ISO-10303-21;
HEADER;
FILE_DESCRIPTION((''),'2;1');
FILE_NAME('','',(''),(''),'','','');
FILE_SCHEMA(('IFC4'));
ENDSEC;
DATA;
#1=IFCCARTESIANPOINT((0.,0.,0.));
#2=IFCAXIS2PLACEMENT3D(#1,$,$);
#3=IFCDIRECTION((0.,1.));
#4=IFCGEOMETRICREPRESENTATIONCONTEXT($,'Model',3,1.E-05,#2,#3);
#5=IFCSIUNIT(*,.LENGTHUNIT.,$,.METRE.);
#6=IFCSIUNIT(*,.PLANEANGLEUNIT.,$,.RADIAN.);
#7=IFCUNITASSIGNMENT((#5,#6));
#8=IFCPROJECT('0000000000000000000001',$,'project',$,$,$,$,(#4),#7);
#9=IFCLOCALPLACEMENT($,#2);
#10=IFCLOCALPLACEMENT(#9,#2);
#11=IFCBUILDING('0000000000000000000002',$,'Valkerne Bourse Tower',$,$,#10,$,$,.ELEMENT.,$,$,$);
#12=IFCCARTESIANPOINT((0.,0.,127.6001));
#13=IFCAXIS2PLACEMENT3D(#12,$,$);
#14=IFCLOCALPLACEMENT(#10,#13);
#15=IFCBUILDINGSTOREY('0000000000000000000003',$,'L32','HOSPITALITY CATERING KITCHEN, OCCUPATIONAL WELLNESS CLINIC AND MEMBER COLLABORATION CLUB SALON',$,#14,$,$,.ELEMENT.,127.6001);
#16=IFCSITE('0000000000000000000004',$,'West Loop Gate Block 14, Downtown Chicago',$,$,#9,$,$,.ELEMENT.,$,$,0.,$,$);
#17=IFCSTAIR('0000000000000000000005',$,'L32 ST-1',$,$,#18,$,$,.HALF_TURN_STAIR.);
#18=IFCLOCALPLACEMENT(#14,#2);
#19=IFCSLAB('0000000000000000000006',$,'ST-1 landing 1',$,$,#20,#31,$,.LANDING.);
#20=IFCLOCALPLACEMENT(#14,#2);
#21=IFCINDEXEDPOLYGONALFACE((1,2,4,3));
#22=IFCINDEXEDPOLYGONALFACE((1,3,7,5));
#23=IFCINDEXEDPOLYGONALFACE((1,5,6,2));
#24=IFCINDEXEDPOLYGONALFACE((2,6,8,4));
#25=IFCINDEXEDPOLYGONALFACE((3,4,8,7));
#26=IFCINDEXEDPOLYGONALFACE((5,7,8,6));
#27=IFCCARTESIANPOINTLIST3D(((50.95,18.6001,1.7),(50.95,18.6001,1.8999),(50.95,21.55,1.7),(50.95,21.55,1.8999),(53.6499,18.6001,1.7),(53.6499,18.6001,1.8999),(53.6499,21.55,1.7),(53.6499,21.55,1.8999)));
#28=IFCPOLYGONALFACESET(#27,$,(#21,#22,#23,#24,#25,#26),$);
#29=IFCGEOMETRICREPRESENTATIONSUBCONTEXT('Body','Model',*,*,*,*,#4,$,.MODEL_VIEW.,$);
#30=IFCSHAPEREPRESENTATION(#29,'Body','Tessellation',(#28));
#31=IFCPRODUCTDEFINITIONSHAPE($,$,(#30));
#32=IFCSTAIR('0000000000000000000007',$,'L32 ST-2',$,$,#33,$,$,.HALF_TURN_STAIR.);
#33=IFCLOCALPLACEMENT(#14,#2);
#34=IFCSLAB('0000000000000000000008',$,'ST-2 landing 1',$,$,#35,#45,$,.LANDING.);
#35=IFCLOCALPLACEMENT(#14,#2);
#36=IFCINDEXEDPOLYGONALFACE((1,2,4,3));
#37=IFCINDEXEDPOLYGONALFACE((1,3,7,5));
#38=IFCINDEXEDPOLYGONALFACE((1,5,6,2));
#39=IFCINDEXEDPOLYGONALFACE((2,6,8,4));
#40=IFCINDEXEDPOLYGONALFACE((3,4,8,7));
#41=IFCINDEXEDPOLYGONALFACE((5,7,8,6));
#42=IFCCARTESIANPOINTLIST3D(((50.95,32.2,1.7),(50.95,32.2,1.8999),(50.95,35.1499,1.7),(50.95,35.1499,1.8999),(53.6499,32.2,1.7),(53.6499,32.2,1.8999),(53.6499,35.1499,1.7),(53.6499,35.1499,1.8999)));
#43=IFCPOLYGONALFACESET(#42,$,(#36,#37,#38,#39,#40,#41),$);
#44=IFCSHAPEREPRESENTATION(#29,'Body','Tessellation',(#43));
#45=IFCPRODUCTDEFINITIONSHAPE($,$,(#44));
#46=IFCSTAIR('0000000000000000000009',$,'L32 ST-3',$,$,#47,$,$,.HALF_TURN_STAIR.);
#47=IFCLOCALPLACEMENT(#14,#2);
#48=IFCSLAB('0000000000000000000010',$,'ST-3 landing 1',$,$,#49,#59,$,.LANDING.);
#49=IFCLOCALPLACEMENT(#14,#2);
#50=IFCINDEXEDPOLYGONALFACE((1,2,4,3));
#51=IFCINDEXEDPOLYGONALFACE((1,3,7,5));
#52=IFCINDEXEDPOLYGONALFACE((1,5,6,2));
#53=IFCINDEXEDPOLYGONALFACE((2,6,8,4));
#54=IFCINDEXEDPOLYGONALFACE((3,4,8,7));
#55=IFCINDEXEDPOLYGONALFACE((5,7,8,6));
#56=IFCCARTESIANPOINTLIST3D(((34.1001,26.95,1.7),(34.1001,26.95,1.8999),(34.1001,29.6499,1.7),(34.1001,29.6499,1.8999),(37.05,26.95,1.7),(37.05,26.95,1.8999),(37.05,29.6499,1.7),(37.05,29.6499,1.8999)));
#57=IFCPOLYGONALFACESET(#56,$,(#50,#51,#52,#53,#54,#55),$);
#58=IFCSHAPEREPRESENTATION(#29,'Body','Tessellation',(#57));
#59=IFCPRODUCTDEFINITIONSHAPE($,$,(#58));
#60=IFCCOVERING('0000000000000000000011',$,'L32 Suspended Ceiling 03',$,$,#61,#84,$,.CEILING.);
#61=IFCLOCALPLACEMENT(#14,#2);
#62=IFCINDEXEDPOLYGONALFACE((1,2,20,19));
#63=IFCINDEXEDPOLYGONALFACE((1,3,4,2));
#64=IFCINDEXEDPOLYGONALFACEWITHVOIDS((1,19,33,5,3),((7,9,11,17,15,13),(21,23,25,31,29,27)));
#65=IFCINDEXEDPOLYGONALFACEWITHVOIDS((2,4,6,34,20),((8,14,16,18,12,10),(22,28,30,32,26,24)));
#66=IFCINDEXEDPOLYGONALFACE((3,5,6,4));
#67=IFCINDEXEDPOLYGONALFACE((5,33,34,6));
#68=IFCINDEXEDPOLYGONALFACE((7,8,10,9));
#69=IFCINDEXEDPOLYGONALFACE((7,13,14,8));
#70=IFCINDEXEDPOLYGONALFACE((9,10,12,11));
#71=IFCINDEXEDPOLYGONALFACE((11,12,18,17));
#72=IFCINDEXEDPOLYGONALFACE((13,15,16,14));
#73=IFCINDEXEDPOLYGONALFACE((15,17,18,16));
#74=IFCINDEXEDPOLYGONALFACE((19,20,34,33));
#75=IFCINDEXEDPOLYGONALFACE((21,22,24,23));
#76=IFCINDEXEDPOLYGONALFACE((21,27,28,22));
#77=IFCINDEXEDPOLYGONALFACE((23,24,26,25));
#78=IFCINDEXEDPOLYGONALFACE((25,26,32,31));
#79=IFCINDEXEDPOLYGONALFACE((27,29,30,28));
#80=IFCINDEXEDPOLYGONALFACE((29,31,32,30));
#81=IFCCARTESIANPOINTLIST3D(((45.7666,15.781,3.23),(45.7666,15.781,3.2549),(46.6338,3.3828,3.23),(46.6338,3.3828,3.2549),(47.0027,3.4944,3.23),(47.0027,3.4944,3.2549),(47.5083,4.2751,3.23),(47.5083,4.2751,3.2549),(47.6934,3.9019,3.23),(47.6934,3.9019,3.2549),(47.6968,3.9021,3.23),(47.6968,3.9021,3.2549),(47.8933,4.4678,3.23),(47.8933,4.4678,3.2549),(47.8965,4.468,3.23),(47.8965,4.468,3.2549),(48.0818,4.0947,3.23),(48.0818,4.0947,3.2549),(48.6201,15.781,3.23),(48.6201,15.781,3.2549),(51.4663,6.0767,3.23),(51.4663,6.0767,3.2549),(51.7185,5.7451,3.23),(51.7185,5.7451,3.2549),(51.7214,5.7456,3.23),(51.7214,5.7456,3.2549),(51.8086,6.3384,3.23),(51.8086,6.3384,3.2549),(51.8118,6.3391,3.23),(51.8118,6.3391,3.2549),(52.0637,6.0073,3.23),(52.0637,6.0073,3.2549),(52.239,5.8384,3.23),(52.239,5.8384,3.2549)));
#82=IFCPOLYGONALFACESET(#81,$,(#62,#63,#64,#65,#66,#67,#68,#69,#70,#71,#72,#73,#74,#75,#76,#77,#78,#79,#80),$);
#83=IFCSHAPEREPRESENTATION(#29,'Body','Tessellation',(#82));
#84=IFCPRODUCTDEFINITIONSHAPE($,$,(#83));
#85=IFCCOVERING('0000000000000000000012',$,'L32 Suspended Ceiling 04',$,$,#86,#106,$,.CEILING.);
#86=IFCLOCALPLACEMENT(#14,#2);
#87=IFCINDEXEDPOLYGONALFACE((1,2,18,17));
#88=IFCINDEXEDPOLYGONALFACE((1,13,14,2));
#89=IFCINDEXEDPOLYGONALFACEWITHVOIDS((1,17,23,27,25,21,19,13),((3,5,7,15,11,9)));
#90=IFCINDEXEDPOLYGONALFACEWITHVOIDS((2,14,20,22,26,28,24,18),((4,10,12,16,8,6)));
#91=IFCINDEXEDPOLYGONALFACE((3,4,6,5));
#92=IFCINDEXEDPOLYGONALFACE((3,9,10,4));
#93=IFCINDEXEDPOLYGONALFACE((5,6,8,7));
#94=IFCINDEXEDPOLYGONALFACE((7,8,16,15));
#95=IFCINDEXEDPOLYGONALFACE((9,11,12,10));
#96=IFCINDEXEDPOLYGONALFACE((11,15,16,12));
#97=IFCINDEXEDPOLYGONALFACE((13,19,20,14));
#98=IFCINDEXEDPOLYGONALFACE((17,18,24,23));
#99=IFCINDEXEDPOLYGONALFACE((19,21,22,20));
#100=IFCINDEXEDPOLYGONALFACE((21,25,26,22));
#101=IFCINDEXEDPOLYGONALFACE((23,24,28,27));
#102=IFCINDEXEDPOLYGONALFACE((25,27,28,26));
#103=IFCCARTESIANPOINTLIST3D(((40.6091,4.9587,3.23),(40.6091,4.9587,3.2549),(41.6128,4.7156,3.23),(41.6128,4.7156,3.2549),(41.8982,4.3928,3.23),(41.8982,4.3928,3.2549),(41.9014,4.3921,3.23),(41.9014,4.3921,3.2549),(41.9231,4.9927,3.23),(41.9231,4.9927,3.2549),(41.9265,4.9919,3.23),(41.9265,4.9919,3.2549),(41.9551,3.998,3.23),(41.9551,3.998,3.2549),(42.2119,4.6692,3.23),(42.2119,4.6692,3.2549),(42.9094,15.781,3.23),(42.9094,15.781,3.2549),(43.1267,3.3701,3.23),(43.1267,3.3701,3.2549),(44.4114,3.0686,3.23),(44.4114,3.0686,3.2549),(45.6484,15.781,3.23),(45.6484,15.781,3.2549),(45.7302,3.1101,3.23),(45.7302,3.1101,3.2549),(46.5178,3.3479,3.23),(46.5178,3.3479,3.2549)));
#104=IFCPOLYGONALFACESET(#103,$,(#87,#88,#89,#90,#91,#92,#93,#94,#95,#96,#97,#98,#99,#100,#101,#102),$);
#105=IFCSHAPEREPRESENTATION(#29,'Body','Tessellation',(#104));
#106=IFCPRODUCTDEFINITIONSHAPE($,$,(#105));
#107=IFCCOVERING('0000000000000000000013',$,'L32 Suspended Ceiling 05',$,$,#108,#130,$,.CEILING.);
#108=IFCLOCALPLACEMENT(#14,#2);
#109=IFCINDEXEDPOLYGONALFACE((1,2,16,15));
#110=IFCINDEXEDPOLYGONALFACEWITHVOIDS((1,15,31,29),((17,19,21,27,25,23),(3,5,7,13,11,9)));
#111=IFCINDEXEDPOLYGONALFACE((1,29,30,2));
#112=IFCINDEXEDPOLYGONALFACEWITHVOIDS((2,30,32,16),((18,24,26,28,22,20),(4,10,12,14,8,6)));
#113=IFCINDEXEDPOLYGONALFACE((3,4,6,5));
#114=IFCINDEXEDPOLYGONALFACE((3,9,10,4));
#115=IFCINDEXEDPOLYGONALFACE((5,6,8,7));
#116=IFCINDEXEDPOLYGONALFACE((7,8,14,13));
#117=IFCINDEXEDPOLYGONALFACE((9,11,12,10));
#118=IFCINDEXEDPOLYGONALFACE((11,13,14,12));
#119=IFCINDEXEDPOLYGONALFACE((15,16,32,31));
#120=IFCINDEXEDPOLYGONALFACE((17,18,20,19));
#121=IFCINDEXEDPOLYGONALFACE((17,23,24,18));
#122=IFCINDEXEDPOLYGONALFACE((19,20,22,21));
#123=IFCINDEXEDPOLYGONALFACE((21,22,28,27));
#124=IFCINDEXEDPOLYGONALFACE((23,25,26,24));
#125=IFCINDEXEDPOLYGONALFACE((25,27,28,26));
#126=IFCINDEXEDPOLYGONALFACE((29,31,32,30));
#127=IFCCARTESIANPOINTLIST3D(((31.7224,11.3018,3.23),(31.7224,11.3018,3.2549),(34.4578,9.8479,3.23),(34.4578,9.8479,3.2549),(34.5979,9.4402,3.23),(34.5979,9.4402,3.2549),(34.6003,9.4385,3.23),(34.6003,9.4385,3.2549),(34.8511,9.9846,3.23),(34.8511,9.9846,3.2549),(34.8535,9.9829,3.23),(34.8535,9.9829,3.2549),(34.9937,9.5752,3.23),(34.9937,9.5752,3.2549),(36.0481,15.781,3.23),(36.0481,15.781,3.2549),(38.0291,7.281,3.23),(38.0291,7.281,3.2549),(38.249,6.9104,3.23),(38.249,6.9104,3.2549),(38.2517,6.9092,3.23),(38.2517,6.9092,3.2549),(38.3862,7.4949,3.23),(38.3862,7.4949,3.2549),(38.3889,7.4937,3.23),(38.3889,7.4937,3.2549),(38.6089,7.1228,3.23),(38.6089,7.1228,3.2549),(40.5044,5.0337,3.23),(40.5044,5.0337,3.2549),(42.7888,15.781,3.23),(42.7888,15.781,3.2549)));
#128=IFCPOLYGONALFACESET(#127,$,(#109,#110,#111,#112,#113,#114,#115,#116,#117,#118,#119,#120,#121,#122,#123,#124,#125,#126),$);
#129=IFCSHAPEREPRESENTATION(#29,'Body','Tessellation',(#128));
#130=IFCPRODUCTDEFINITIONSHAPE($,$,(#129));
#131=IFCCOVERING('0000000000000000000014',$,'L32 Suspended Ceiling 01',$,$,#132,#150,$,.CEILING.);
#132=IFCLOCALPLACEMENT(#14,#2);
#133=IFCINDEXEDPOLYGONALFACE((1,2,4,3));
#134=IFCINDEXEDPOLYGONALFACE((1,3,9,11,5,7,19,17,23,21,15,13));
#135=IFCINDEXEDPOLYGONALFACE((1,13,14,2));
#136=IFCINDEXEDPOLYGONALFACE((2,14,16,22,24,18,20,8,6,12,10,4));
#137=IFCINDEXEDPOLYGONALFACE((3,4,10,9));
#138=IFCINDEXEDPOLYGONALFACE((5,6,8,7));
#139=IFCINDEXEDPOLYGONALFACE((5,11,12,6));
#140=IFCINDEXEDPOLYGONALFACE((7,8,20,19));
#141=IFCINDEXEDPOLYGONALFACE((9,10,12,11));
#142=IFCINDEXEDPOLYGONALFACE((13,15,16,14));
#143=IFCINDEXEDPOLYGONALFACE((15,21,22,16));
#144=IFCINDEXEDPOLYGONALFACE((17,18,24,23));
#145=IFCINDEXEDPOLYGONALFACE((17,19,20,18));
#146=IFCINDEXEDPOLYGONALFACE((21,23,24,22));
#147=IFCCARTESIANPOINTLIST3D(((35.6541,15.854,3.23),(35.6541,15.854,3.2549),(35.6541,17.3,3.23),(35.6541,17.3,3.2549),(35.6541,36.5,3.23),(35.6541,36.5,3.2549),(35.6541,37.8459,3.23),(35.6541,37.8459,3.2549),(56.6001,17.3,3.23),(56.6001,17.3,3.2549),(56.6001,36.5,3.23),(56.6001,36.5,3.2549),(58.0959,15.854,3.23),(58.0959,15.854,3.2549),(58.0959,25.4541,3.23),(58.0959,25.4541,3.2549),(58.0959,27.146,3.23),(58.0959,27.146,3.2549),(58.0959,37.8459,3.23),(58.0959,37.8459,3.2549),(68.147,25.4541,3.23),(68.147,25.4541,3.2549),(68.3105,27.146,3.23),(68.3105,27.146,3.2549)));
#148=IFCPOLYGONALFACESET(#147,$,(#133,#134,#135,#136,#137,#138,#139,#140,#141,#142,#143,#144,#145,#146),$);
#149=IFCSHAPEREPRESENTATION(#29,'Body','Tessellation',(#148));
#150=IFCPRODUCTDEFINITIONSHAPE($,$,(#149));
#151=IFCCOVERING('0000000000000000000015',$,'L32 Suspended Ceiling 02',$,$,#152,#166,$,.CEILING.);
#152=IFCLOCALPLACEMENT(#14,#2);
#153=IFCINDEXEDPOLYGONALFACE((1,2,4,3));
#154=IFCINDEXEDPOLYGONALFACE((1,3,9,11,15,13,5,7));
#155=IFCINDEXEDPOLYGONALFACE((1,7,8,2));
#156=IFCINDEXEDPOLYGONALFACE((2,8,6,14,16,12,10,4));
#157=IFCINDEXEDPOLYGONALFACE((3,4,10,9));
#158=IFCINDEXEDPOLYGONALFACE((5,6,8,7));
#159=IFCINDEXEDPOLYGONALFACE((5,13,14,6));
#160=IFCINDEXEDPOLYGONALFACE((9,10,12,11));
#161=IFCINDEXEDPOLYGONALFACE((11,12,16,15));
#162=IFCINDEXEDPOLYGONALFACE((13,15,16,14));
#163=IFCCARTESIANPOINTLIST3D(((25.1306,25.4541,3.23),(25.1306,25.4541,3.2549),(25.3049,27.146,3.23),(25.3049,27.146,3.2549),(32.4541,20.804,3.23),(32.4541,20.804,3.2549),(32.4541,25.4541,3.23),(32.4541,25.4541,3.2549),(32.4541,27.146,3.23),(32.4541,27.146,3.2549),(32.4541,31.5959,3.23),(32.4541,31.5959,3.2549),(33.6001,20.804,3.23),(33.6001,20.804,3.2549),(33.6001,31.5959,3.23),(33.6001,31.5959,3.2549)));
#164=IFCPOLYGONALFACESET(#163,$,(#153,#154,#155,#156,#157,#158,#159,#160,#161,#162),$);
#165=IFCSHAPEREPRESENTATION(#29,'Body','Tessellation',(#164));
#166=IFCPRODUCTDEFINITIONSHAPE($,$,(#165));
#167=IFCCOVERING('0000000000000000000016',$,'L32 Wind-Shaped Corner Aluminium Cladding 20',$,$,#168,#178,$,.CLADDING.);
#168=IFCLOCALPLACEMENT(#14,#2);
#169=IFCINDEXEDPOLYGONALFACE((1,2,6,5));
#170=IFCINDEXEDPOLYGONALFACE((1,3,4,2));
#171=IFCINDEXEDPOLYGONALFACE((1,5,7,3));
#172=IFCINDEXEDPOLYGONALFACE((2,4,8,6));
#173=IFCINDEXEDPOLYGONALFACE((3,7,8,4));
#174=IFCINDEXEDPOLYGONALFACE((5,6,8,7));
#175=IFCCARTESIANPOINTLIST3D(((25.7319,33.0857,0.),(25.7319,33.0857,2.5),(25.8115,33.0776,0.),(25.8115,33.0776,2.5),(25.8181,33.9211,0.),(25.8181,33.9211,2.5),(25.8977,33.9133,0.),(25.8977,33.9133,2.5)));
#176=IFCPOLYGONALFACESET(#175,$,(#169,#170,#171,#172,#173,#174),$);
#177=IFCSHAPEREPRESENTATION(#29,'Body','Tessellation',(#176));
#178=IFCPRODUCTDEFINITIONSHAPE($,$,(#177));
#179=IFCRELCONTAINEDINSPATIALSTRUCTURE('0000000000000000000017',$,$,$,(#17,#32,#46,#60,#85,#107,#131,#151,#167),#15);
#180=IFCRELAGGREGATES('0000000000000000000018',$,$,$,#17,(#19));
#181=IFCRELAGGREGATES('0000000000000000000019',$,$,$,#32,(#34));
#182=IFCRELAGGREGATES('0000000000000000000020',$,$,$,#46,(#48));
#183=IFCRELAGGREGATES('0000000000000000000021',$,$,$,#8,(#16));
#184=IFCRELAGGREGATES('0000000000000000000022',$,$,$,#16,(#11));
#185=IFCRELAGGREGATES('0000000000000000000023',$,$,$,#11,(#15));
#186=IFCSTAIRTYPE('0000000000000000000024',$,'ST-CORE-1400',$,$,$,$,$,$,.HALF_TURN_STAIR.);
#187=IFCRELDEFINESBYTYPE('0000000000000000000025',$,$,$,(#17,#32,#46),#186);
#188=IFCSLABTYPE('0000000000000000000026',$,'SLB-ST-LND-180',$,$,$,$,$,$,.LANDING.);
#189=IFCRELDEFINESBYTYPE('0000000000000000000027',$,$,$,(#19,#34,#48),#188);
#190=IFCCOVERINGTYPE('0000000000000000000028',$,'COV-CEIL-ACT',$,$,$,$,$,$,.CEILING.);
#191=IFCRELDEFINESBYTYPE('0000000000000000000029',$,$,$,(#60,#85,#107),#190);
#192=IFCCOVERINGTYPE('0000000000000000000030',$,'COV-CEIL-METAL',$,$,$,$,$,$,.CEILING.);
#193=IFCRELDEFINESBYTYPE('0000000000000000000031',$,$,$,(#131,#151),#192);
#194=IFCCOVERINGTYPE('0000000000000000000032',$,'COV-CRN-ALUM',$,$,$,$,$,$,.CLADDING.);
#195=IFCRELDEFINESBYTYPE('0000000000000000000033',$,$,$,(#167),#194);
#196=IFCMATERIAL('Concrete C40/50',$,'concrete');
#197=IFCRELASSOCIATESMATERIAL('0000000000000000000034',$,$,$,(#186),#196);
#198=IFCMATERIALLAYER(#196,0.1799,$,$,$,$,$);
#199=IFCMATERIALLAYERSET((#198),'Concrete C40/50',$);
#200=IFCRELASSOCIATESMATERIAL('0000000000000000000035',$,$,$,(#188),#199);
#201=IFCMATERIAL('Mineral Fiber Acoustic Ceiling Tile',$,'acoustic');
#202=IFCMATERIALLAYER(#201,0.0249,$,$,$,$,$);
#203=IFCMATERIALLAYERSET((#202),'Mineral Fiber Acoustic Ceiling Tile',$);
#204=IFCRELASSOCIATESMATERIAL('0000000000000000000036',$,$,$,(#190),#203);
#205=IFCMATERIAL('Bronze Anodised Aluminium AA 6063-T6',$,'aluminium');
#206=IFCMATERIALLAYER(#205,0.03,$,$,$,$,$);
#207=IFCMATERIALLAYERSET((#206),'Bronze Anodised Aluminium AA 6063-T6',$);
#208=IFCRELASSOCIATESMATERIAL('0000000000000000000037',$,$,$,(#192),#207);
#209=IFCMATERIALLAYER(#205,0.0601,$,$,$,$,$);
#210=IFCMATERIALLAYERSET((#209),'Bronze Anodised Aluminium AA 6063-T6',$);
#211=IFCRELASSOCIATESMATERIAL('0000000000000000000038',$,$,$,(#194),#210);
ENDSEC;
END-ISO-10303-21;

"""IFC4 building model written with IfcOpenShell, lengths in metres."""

from ifc_helpers import new_model, si_unit, direction, frame, origin, place, context, subcontext, project, spatial, polyline, outline, extrude, material, layer, layer_set, type_object, element, aggregate, save


model = new_model("IFC4")

# Units and contexts
model_context = context("Model", 3, precision=1e-05, world=origin(), true_north=direction((0.0, 1.0)))
body_context = subcontext(model_context, "Body", "Model", "MODEL_VIEW")
ifc_project = project(units=[si_unit("LENGTHUNIT", "METRE"), si_unit("PLANEANGLEUNIT", "RADIAN")], contexts=[model_context])

# Site, building, storey
site_placement = place(None, origin())
site = spatial("IfcSite", under=ifc_project, at=site_placement, Name="West Loop Gate Block 14, Downtown Chicago", CompositionType="ELEMENT", RefElevation=0.0)
building_placement = place(site_placement, origin())
building = spatial("IfcBuilding", under=site, at=building_placement, Name="Valkerne Bourse Tower", CompositionType="ELEMENT")
storey_placement = place(building_placement, frame((0.0, 0.0, 127.6001)))
storey = spatial("IfcBuildingStorey", under=building, at=storey_placement, Name="L32", Description="HOSPITALITY CATERING KITCHEN, OCCUPATIONAL WELLNESS CLINIC AND MEMBER COLLABORATION CLUB SALON", CompositionType="ELEMENT", Elevation=127.6001)

# Stairs, slabs
ifc_material_1 = material(Name="Concrete C40/50", Category="concrete")
stair_type = type_object("IfcStairType", Name="ST-CORE-1400", PredefinedType="HALF_TURN_STAIR", material=ifc_material_1)
stair_1_placement = place(storey_placement, origin())
stair_1 = element("IfcStair", 1, at=stair_1_placement, inside=storey, type_object=stair_type, Name="L32 ST-1", PredefinedType="HALF_TURN_STAIR")
ifc_layer_1 = layer(ifc_material_1, 0.1799)
ifc_layer_set_1 = layer_set([ifc_layer_1], Name="Concrete C40/50")
slab_type = type_object("IfcSlabType", Name="SLB-ST-LND-180", PredefinedType="LANDING", material=ifc_layer_set_1)
slab_1_placement = place(storey_placement, frame((0.0, 0.0, 1.7)))
slab_1 = element("IfcSlab", 2, at=slab_1_placement, type_object=slab_type, Name="ST-1 landing 1", PredefinedType="LANDING", context=body_context, shape_type="SweptSolid", body=[
    extrude(outline(polyline([(50.95, 18.6001), (53.6499, 18.6001), (53.6499, 21.55), (50.95, 21.55), (50.95, 18.6001)])), origin(), (0.0, 0.0, 1.0), 0.2),
])
aggregate(stair_1, [slab_1])
stair_2_placement = place(storey_placement, origin())
stair_2 = element("IfcStair", 3, at=stair_2_placement, inside=storey, type_object=stair_type, Name="L32 ST-2", PredefinedType="HALF_TURN_STAIR")
slab_2_placement = place(storey_placement, frame((0.0, 0.0, 1.7)))
slab_2 = element("IfcSlab", 4, at=slab_2_placement, type_object=slab_type, Name="ST-2 landing 1", PredefinedType="LANDING", context=body_context, shape_type="SweptSolid", body=[
    extrude(outline(polyline([(50.95, 32.2), (53.6499, 32.2), (53.6499, 35.1499), (50.95, 35.1499), (50.95, 32.2)])), origin(), (0.0, 0.0, 1.0), 0.2),
])
aggregate(stair_2, [slab_2])
stair_3_placement = place(storey_placement, origin())
stair_3 = element("IfcStair", 5, at=stair_3_placement, inside=storey, type_object=stair_type, Name="L32 ST-3", PredefinedType="HALF_TURN_STAIR")
slab_3_placement = place(storey_placement, frame((0.0, 0.0, 1.7)))
slab_3 = element("IfcSlab", 6, at=slab_3_placement, type_object=slab_type, Name="ST-3 landing 1", PredefinedType="LANDING", context=body_context, shape_type="SweptSolid", body=[
    extrude(outline(polyline([(37.05, 26.95), (37.05, 29.6499), (34.1001, 29.6499), (34.1001, 26.95), (37.05, 26.95)])), origin(), (0.0, 0.0, 1.0), 0.2),
])
aggregate(stair_3, [slab_3])

# Coverings
ifc_material_2 = material(Name="Mineral Fiber Acoustic Ceiling Tile", Category="acoustic")
ifc_layer_2 = layer(ifc_material_2, 0.0249)
ifc_layer_set_2 = layer_set([ifc_layer_2], Name="Mineral Fiber Acoustic Ceiling Tile")
covering_type_1 = type_object("IfcCoveringType", Name="COV-CEIL-ACT", PredefinedType="CEILING", material=ifc_layer_set_2)
covering_1_placement = place(storey_placement, frame((0.0, 0.0, 3.23)))
element("IfcCovering", 7, at=covering_1_placement, inside=storey, type_object=covering_type_1, Name="L32 Suspended Ceiling 03", PredefinedType="CEILING", context=body_context, shape_type="SweptSolid", body=[
    extrude(outline(polyline([(45.7666, 15.781), (48.6201, 15.781), (52.239, 5.8384), (47.0027, 3.4944), (46.6338, 3.3828), (45.7666, 15.781)]), holes=[polyline([(47.6968, 3.9021), (48.0818, 4.0947), (47.8965, 4.468), (47.8933, 4.4678), (47.5083, 4.2751), (47.6934, 3.9019), (47.6968, 3.9021)]), polyline([(52.0637, 6.0073), (51.8118, 6.3391), (51.8086, 6.3384), (51.4663, 6.0767), (51.7185, 5.7451), (51.7214, 5.7456), (52.0637, 6.0073)])]), origin(), (0.0, 0.0, 1.0), 0.0249),
])
covering_2_placement = place(storey_placement, frame((0.0, 0.0, 3.23)))
element("IfcCovering", 8, at=covering_2_placement, inside=storey, type_object=covering_type_1, Name="L32 Suspended Ceiling 04", PredefinedType="CEILING", context=body_context, shape_type="SweptSolid", body=[
    extrude(outline(polyline([(43.1267, 3.3701), (41.9551, 3.998), (40.6091, 4.9587), (42.9094, 15.781), (45.6484, 15.781), (46.5178, 3.3479), (45.7302, 3.1101), (44.4114, 3.0686), (43.1267, 3.3701)]), holes=[polyline([(41.9265, 4.9919), (41.9231, 4.9927), (41.6128, 4.7156), (41.8982, 4.3928), (41.9014, 4.3921), (42.2119, 4.6692), (41.9265, 4.9919)])]), origin(), (0.0, 0.0, 1.0), 0.0249),
])
covering_3_placement = place(storey_placement, frame((0.0, 0.0, 3.23)))
element("IfcCovering", 9, at=covering_3_placement, inside=storey, type_object=covering_type_1, Name="L32 Suspended Ceiling 05", PredefinedType="CEILING", context=body_context, shape_type="SweptSolid", body=[
    extrude(outline(polyline([(42.7888, 15.781), (40.5044, 5.0337), (31.7224, 11.3018), (36.0481, 15.781), (42.7888, 15.781)]), holes=[polyline([(34.8535, 9.9829), (34.8511, 9.9846), (34.4578, 9.8479), (34.5979, 9.4402), (34.6003, 9.4385), (34.9937, 9.5752), (34.8535, 9.9829)]), polyline([(38.3889, 7.4937), (38.3862, 7.4949), (38.0291, 7.281), (38.249, 6.9104), (38.2517, 6.9092), (38.6089, 7.1228), (38.3889, 7.4937)])]), origin(), (0.0, 0.0, 1.0), 0.0249),
])
ifc_material_3 = material(Name="Bronze Anodised Aluminium AA 6063-T6", Category="aluminium")
ifc_layer_3 = layer(ifc_material_3, 0.03)
ifc_layer_set_3 = layer_set([ifc_layer_3], Name="Bronze Anodised Aluminium AA 6063-T6")
covering_type_2 = type_object("IfcCoveringType", Name="COV-CEIL-METAL", PredefinedType="CEILING", material=ifc_layer_set_3)
covering_4_placement = place(storey_placement, frame((0.0, 0.0, 3.23)))
element("IfcCovering", 10, at=covering_4_placement, inside=storey, type_object=covering_type_2, Name="L32 Suspended Ceiling 01", PredefinedType="CEILING", context=body_context, shape_type="SweptSolid", body=[
    extrude(outline(polyline([(68.3105, 27.146), (68.147, 25.4541), (58.0959, 25.4541), (58.0959, 15.854), (35.6541, 15.854), (35.6541, 17.3), (56.6001, 17.3), (56.6001, 36.5), (35.6541, 36.5), (35.6541, 37.8459), (58.0959, 37.8459), (58.0959, 27.146), (68.3105, 27.146)])), origin(), (0.0, 0.0, 1.0), 0.0249),
])
covering_5_placement = place(storey_placement, frame((0.0, 0.0, 3.23)))
element("IfcCovering", 11, at=covering_5_placement, inside=storey, type_object=covering_type_2, Name="L32 Suspended Ceiling 02", PredefinedType="CEILING", context=body_context, shape_type="SweptSolid", body=[
    extrude(outline(polyline([(32.4541, 20.804), (32.4541, 25.4541), (25.1306, 25.4541), (25.3049, 27.146), (32.4541, 27.146), (32.4541, 31.5959), (33.6001, 31.5959), (33.6001, 20.804), (32.4541, 20.804)])), origin(), (0.0, 0.0, 1.0), 0.0249),
])
ifc_layer_4 = layer(ifc_material_3, 0.0601)
ifc_layer_set_4 = layer_set([ifc_layer_4], Name="Bronze Anodised Aluminium AA 6063-T6")
covering_type_3 = type_object("IfcCoveringType", Name="COV-CRN-ALUM", PredefinedType="CLADDING", material=ifc_layer_set_4)
covering_6_placement = place(storey_placement, origin())
element("IfcCovering", 12, at=covering_6_placement, inside=storey, type_object=covering_type_3, Name="L32 Wind-Shaped Corner Aluminium Cladding 20", PredefinedType="CLADDING", context=body_context, shape_type="SweptSolid", body=[
    extrude(outline(polyline([(25.8181, 33.9211), (25.8977, 33.9133), (25.8115, 33.0776), (25.7319, 33.0857), (25.8181, 33.9211)])), origin(), (0.0, 0.0, 1.0), 2.5),
])

save(model, "model.ifc")
